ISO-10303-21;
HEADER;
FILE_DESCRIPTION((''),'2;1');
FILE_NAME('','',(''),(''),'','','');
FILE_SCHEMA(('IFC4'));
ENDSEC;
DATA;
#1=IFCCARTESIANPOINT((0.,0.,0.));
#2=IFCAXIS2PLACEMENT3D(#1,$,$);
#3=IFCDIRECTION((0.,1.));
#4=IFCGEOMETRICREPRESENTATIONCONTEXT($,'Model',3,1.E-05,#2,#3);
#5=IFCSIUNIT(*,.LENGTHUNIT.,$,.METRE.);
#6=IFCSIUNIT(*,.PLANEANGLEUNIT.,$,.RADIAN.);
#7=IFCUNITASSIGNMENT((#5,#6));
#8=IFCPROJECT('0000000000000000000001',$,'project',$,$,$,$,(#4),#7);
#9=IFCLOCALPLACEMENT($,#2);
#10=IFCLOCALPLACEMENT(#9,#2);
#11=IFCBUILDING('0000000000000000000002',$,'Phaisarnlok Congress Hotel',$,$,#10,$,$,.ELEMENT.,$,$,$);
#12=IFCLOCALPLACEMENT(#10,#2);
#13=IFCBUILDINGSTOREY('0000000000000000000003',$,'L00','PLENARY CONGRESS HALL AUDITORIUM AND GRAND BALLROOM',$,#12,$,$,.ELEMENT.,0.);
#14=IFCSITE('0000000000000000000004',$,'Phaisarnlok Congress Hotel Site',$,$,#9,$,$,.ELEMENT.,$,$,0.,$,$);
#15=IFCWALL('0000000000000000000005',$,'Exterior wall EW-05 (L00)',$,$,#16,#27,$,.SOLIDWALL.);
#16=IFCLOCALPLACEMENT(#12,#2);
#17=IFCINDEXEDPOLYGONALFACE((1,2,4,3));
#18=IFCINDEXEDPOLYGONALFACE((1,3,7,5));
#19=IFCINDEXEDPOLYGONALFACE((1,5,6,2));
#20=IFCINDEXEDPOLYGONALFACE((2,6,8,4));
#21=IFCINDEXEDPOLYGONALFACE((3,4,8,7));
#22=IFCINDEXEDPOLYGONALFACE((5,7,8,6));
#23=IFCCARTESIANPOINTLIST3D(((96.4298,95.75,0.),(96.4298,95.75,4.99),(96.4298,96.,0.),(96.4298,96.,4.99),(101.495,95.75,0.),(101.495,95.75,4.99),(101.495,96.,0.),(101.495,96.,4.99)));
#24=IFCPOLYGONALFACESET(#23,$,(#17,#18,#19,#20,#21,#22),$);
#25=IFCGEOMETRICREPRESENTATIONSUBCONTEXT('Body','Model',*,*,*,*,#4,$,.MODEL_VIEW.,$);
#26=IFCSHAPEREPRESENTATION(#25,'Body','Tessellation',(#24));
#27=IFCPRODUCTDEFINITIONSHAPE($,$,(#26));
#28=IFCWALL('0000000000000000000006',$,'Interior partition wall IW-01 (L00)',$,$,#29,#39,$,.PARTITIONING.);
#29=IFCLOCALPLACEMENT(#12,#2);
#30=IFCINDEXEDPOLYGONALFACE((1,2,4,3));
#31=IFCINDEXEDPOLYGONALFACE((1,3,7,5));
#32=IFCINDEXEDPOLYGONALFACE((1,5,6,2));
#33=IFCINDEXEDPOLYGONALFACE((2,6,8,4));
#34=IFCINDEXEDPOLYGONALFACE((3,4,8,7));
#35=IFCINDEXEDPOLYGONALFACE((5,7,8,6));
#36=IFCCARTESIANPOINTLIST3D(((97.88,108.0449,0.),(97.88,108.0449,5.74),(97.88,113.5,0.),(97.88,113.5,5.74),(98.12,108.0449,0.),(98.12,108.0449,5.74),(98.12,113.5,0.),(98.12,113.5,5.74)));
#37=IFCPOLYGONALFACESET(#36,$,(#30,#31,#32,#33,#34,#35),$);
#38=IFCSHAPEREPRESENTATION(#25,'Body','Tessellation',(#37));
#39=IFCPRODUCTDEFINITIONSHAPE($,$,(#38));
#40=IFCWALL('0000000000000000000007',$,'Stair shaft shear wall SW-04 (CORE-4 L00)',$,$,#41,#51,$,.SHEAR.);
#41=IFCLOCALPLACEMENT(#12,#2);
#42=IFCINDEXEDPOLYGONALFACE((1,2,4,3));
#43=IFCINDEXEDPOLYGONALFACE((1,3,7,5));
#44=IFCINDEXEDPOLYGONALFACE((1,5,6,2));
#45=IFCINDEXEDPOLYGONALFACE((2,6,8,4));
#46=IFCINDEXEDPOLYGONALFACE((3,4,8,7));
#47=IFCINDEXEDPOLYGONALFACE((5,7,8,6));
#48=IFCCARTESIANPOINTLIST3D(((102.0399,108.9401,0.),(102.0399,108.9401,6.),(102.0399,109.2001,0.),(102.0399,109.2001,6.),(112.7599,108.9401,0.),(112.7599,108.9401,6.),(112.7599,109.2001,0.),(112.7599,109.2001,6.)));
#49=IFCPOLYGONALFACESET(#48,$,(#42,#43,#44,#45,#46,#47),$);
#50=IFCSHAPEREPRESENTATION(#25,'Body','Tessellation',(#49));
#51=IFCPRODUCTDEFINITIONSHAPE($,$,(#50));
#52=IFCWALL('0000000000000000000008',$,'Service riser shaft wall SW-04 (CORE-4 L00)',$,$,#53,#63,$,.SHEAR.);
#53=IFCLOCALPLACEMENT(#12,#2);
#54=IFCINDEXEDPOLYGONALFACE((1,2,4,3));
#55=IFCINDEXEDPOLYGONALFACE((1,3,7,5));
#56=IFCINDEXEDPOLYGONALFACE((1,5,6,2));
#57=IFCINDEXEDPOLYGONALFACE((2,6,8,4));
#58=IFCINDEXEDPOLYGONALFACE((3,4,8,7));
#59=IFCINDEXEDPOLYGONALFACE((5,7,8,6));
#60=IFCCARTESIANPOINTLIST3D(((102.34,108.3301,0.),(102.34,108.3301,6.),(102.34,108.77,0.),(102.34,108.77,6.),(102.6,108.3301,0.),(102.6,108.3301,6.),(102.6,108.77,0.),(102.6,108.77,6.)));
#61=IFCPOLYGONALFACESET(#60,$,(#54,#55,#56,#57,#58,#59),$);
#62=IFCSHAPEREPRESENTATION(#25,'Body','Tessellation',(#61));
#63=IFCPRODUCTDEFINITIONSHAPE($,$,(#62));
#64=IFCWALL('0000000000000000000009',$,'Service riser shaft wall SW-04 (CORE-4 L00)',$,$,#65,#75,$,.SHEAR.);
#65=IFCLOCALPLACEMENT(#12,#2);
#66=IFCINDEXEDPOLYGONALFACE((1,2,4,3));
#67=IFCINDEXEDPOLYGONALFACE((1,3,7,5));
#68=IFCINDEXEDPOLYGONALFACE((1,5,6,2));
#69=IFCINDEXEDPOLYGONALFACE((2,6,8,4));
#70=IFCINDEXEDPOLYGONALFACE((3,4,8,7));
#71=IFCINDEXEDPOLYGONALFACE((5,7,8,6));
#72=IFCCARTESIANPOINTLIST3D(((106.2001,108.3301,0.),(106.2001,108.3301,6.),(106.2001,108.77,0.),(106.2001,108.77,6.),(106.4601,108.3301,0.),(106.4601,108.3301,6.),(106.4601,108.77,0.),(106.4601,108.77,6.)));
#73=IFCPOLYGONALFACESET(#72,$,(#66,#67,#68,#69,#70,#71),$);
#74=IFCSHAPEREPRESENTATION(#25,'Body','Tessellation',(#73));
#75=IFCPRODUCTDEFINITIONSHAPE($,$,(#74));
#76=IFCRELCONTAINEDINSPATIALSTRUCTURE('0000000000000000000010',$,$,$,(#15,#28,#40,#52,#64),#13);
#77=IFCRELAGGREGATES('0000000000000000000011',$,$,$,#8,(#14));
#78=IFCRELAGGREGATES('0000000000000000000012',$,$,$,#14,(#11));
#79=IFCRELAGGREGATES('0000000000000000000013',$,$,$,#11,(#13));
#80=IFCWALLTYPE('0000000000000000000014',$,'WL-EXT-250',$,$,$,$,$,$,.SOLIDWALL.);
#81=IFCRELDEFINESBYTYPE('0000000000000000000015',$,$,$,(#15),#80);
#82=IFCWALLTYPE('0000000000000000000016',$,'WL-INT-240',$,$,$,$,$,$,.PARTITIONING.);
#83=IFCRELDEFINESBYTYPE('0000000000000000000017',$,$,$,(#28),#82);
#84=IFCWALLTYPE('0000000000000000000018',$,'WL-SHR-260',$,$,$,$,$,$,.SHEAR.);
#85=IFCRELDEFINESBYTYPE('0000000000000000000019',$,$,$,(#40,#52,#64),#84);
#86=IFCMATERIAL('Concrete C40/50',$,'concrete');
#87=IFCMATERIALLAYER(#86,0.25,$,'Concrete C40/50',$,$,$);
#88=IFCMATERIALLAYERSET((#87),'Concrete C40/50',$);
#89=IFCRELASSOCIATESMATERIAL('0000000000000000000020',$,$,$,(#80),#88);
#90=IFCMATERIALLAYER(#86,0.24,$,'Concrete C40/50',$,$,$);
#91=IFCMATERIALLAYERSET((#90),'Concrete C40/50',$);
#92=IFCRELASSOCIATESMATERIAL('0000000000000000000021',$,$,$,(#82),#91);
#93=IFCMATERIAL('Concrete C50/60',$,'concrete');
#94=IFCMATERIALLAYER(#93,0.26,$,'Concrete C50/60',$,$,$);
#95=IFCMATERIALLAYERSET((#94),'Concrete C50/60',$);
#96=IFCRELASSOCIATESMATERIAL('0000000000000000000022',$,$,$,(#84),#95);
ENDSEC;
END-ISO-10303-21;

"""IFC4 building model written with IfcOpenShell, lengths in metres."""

from ifc_helpers import new_model, si_unit, direction, frame, frame_2d, origin, place, context, subcontext, project, spatial, rectangle, extrude, material, layer, layer_set, type_object, element, save


model = new_model("IFC4")

# Units and contexts
model_context = context("Model", 3, precision=1e-05, world=origin(), true_north=direction((0.0, 1.0)))
body_context = subcontext(model_context, "Body", "Model", "MODEL_VIEW")
ifc_project = project(units=[si_unit("LENGTHUNIT", "METRE"), si_unit("PLANEANGLEUNIT", "RADIAN")], contexts=[model_context])

# Site, building, storey
site_placement = place(None, origin())
site = spatial("IfcSite", under=ifc_project, at=site_placement, Name="Phaisarnlok Congress Hotel Site", CompositionType="ELEMENT", RefElevation=0.0)
building_placement = place(site_placement, origin())
building = spatial("IfcBuilding", under=site, at=building_placement, Name="Phaisarnlok Congress Hotel", CompositionType="ELEMENT")
storey_placement = place(building_placement, origin())
storey = spatial("IfcBuildingStorey", under=building, at=storey_placement, Name="L00", Description="PLENARY CONGRESS HALL AUDITORIUM AND GRAND BALLROOM", CompositionType="ELEMENT", Elevation=0.0)

# Shared definitions
ifc_material_1 = material(Name="Concrete C50/60", Category="concrete")

# Shared definitions
ifc_material_2 = material(Name="Concrete C40/50", Category="concrete")

# Walls
ifc_layer_1 = layer(ifc_material_2, 0.25, Name="Concrete C40/50")
ifc_layer_set_1 = layer_set([ifc_layer_1], Name="Concrete C40/50")
wall_type_1 = type_object("IfcWallType", Name="WL-EXT-250", PredefinedType="SOLIDWALL", material=ifc_layer_set_1)
wall_1_placement = place(storey_placement, frame((101.4951, 95.875, 0.0), z_axis=(0.0, 0.0, 1.0), x_axis=(-1.0, 0.0, 0.0)))
element("IfcWall", 1, at=wall_1_placement, inside=storey, type_object=wall_type_1, Name="Exterior wall EW-05 (L00)", PredefinedType="SOLIDWALL", context=body_context, shape_type="SweptSolid", body=[
    extrude(rectangle(XDim=5.0652, YDim=0.25, at=frame_2d((2.5327, 0.0))), origin(), (0.0, 0.0, 1.0), 4.99),
])
ifc_layer_2 = layer(ifc_material_2, 0.24, Name="Concrete C40/50")
ifc_layer_set_2 = layer_set([ifc_layer_2], Name="Concrete C40/50")
wall_type_2 = type_object("IfcWallType", Name="WL-INT-240", PredefinedType="PARTITIONING", material=ifc_layer_set_2)
wall_2_placement = place(storey_placement, frame((98.0, 108.0449, 0.0), z_axis=(0.0, 0.0, 1.0), x_axis=(0.0, 1.0, 0.0)))
element("IfcWall", 2, at=wall_2_placement, inside=storey, type_object=wall_type_2, Name="Interior partition wall IW-01 (L00)", PredefinedType="PARTITIONING", context=body_context, shape_type="SweptSolid", body=[
    extrude(rectangle(XDim=5.4551, YDim=0.24, at=frame_2d((2.7275, 0.0))), origin(), (0.0, 0.0, 1.0), 5.74),
])
ifc_layer_3 = layer(ifc_material_1, 0.26, Name="Concrete C50/60")
ifc_layer_set_3 = layer_set([ifc_layer_3], Name="Concrete C50/60")
wall_type_3 = type_object("IfcWallType", Name="WL-SHR-260", PredefinedType="SHEAR", material=ifc_layer_set_3)
wall_3_placement = place(storey_placement, frame((102.04, 109.0701, 0.0), z_axis=(0.0, 0.0, 1.0), x_axis=(1.0, 0.0, 0.0)))
element("IfcWall", 3, at=wall_3_placement, inside=storey, type_object=wall_type_3, Name="Stair shaft shear wall SW-04 (CORE-4 L00)", PredefinedType="SHEAR", context=body_context, shape_type="SweptSolid", body=[
    extrude(rectangle(XDim=10.72, YDim=0.26, at=frame_2d((5.3599, 0.0))), origin(), (0.0, 0.0, 1.0), 6.0),
])
for number, where, z_axis, x_axis, name in (
    (4, (102.47, 108.3301, 0.0), (0.0, 0.0, 1.0), (0.0, 1.0, 0.0), "Service riser shaft wall SW-04 (CORE-4 L00)"),
    (5, (106.3301, 108.3301, 0.0), (0.0, 0.0, 1.0), (0.0, 1.0, 0.0), "Service riser shaft wall SW-04 (CORE-4 L00)"),
):
    element("IfcWall", number, at=place(storey_placement, frame(where, z_axis=z_axis, x_axis=x_axis)), inside=storey, type_object=wall_type_3, Name=name, PredefinedType="SHEAR", context=body_context, shape_type="SweptSolid", body=[
        extrude(rectangle(XDim=0.4399, YDim=0.26, at=frame_2d((0.22, 0.0))), origin(), (0.0, 0.0, 1.0), 6.0),
    ])

save(model, "model.ifc")
